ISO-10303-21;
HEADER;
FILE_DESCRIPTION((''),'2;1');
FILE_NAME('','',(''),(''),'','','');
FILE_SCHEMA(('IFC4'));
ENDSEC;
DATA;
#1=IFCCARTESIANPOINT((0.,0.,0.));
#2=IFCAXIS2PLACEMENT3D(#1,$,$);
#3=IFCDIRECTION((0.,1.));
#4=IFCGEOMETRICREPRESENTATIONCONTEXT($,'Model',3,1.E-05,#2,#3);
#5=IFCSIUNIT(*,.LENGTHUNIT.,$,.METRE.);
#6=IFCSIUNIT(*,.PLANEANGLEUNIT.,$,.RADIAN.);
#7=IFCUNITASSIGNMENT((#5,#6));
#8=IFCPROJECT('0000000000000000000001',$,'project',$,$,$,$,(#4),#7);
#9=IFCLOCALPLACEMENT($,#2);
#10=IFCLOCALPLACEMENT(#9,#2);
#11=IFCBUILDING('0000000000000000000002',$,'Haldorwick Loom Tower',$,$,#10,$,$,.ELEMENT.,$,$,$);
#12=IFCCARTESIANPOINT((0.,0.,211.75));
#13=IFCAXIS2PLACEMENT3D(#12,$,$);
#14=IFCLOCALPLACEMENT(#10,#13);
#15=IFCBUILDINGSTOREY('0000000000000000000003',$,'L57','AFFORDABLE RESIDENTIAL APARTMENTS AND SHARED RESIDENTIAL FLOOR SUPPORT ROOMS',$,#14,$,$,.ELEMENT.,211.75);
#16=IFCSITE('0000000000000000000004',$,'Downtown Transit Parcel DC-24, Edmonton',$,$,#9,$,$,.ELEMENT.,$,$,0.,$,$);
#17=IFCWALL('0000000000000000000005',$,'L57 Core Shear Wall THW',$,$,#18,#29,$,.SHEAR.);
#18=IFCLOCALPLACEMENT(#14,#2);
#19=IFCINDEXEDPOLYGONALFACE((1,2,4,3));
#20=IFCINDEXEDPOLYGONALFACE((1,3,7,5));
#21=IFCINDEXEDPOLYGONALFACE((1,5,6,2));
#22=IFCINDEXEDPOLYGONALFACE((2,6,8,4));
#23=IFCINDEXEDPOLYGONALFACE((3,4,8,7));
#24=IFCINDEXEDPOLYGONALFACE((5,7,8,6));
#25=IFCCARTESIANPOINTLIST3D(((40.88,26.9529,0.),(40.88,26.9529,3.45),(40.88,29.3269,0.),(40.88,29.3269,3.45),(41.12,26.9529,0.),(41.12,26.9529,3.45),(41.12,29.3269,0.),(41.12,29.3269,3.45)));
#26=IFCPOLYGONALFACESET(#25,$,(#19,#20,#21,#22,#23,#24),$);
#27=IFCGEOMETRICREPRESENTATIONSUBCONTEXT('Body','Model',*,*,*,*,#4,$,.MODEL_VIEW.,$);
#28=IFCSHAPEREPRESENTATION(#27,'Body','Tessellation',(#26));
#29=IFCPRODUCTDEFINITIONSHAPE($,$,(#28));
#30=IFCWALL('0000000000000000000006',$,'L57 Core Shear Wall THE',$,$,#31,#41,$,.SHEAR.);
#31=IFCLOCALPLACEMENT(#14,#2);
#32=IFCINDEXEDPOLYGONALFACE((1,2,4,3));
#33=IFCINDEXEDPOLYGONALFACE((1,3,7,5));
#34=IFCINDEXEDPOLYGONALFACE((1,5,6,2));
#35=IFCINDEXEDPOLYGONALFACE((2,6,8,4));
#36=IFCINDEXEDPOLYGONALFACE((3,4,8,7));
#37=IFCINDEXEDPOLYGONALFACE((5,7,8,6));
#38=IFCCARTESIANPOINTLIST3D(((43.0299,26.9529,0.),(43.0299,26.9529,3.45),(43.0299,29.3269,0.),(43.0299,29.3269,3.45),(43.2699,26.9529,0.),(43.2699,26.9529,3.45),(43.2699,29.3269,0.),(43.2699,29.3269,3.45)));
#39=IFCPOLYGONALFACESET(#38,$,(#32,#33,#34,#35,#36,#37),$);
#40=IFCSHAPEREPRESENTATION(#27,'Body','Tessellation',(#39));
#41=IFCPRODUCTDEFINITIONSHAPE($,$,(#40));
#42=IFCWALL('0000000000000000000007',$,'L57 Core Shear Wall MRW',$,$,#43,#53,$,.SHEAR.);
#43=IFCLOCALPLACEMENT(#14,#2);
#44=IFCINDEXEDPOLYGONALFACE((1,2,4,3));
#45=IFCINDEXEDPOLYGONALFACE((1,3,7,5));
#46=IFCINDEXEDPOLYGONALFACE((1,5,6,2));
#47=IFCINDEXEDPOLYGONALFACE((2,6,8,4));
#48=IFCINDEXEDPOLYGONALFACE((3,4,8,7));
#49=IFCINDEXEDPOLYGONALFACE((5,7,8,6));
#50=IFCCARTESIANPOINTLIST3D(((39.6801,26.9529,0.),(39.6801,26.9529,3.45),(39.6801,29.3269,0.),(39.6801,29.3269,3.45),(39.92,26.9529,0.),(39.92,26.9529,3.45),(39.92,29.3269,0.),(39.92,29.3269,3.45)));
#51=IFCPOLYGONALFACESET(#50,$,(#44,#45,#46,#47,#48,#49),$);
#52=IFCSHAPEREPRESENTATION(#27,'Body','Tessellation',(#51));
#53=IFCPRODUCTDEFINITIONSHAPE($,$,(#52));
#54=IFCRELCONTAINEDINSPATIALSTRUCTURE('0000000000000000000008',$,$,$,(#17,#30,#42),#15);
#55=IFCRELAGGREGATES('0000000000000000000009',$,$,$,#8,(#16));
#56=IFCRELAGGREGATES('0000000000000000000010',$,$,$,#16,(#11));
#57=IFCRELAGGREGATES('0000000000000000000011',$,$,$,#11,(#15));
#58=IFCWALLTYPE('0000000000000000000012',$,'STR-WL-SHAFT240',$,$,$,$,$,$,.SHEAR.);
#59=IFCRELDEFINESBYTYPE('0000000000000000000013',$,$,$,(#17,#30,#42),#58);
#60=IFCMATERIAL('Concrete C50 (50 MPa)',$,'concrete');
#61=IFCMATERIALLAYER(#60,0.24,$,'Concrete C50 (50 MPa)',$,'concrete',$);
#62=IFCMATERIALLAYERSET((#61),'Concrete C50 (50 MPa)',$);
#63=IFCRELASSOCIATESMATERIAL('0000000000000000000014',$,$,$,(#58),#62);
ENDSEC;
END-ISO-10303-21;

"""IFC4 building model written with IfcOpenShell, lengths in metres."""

from ifc_helpers import new_model, si_unit, direction, frame, frame_2d, origin, place, context, subcontext, project, spatial, rectangle, extrude, material, layer, layer_set, type_object, element, save


model = new_model("IFC4")

# Units and contexts
model_context = context("Model", 3, precision=1e-05, world=origin(), true_north=direction((0.0, 1.0)))
body_context = subcontext(model_context, "Body", "Model", "MODEL_VIEW")
ifc_project = project(units=[si_unit("LENGTHUNIT", "METRE"), si_unit("PLANEANGLEUNIT", "RADIAN")], contexts=[model_context])

# Site, building, storey
site_placement = place(None, origin())
site = spatial("IfcSite", under=ifc_project, at=site_placement, Name="Downtown Transit Parcel DC-24, Edmonton", CompositionType="ELEMENT", RefElevation=0.0)
building_placement = place(site_placement, origin())
building = spatial("IfcBuilding", under=site, at=building_placement, Name="Haldorwick Loom Tower", CompositionType="ELEMENT")
storey_placement = place(building_placement, frame((0.0, 0.0, 211.75)))
storey = spatial("IfcBuildingStorey", under=building, at=storey_placement, Name="L57", Description="AFFORDABLE RESIDENTIAL APARTMENTS AND SHARED RESIDENTIAL FLOOR SUPPORT ROOMS", CompositionType="ELEMENT", Elevation=211.75)

# Shared definitions
ifc_material_1 = material(Name="Concrete C50 (50 MPa)", Category="concrete")

# Walls
ifc_layer_1 = layer(ifc_material_1, 0.24, Name="Concrete C50 (50 MPa)", Category="concrete")
ifc_layer_set_1 = layer_set([ifc_layer_1], Name="Concrete C50 (50 MPa)")
wall_type_1 = type_object("IfcWallType", Name="STR-WL-SHAFT240", PredefinedType="SHEAR", material=ifc_layer_set_1)
for number, where, z_axis, x_axis, name in (
    (1, (41.0, 26.9529, 0.0), (0.0, 0.0, 1.0), (0.0, 1.0, 0.0), "L57 Core Shear Wall THW"),
    (2, (43.1499, 26.9529, 0.0), (0.0, 0.0, 1.0), (0.0, 1.0, 0.0), "L57 Core Shear Wall THE"),
    (3, (39.8, 26.9529, 0.0), (0.0, 0.0, 1.0), (0.0, 1.0, 0.0), "L57 Core Shear Wall MRW"),
):
    element("IfcWall", number, at=place(storey_placement, frame(where, z_axis=z_axis, x_axis=x_axis)), inside=storey, type_object=wall_type_1, Name=name, PredefinedType="SHEAR", context=body_context, shape_type="SweptSolid", body=[
        extrude(rectangle(XDim=2.374, YDim=0.24, at=frame_2d((1.187, 0.0))), origin(), (0.0, 0.0, 1.0), 3.45),
    ])

save(model, "model.ifc")
